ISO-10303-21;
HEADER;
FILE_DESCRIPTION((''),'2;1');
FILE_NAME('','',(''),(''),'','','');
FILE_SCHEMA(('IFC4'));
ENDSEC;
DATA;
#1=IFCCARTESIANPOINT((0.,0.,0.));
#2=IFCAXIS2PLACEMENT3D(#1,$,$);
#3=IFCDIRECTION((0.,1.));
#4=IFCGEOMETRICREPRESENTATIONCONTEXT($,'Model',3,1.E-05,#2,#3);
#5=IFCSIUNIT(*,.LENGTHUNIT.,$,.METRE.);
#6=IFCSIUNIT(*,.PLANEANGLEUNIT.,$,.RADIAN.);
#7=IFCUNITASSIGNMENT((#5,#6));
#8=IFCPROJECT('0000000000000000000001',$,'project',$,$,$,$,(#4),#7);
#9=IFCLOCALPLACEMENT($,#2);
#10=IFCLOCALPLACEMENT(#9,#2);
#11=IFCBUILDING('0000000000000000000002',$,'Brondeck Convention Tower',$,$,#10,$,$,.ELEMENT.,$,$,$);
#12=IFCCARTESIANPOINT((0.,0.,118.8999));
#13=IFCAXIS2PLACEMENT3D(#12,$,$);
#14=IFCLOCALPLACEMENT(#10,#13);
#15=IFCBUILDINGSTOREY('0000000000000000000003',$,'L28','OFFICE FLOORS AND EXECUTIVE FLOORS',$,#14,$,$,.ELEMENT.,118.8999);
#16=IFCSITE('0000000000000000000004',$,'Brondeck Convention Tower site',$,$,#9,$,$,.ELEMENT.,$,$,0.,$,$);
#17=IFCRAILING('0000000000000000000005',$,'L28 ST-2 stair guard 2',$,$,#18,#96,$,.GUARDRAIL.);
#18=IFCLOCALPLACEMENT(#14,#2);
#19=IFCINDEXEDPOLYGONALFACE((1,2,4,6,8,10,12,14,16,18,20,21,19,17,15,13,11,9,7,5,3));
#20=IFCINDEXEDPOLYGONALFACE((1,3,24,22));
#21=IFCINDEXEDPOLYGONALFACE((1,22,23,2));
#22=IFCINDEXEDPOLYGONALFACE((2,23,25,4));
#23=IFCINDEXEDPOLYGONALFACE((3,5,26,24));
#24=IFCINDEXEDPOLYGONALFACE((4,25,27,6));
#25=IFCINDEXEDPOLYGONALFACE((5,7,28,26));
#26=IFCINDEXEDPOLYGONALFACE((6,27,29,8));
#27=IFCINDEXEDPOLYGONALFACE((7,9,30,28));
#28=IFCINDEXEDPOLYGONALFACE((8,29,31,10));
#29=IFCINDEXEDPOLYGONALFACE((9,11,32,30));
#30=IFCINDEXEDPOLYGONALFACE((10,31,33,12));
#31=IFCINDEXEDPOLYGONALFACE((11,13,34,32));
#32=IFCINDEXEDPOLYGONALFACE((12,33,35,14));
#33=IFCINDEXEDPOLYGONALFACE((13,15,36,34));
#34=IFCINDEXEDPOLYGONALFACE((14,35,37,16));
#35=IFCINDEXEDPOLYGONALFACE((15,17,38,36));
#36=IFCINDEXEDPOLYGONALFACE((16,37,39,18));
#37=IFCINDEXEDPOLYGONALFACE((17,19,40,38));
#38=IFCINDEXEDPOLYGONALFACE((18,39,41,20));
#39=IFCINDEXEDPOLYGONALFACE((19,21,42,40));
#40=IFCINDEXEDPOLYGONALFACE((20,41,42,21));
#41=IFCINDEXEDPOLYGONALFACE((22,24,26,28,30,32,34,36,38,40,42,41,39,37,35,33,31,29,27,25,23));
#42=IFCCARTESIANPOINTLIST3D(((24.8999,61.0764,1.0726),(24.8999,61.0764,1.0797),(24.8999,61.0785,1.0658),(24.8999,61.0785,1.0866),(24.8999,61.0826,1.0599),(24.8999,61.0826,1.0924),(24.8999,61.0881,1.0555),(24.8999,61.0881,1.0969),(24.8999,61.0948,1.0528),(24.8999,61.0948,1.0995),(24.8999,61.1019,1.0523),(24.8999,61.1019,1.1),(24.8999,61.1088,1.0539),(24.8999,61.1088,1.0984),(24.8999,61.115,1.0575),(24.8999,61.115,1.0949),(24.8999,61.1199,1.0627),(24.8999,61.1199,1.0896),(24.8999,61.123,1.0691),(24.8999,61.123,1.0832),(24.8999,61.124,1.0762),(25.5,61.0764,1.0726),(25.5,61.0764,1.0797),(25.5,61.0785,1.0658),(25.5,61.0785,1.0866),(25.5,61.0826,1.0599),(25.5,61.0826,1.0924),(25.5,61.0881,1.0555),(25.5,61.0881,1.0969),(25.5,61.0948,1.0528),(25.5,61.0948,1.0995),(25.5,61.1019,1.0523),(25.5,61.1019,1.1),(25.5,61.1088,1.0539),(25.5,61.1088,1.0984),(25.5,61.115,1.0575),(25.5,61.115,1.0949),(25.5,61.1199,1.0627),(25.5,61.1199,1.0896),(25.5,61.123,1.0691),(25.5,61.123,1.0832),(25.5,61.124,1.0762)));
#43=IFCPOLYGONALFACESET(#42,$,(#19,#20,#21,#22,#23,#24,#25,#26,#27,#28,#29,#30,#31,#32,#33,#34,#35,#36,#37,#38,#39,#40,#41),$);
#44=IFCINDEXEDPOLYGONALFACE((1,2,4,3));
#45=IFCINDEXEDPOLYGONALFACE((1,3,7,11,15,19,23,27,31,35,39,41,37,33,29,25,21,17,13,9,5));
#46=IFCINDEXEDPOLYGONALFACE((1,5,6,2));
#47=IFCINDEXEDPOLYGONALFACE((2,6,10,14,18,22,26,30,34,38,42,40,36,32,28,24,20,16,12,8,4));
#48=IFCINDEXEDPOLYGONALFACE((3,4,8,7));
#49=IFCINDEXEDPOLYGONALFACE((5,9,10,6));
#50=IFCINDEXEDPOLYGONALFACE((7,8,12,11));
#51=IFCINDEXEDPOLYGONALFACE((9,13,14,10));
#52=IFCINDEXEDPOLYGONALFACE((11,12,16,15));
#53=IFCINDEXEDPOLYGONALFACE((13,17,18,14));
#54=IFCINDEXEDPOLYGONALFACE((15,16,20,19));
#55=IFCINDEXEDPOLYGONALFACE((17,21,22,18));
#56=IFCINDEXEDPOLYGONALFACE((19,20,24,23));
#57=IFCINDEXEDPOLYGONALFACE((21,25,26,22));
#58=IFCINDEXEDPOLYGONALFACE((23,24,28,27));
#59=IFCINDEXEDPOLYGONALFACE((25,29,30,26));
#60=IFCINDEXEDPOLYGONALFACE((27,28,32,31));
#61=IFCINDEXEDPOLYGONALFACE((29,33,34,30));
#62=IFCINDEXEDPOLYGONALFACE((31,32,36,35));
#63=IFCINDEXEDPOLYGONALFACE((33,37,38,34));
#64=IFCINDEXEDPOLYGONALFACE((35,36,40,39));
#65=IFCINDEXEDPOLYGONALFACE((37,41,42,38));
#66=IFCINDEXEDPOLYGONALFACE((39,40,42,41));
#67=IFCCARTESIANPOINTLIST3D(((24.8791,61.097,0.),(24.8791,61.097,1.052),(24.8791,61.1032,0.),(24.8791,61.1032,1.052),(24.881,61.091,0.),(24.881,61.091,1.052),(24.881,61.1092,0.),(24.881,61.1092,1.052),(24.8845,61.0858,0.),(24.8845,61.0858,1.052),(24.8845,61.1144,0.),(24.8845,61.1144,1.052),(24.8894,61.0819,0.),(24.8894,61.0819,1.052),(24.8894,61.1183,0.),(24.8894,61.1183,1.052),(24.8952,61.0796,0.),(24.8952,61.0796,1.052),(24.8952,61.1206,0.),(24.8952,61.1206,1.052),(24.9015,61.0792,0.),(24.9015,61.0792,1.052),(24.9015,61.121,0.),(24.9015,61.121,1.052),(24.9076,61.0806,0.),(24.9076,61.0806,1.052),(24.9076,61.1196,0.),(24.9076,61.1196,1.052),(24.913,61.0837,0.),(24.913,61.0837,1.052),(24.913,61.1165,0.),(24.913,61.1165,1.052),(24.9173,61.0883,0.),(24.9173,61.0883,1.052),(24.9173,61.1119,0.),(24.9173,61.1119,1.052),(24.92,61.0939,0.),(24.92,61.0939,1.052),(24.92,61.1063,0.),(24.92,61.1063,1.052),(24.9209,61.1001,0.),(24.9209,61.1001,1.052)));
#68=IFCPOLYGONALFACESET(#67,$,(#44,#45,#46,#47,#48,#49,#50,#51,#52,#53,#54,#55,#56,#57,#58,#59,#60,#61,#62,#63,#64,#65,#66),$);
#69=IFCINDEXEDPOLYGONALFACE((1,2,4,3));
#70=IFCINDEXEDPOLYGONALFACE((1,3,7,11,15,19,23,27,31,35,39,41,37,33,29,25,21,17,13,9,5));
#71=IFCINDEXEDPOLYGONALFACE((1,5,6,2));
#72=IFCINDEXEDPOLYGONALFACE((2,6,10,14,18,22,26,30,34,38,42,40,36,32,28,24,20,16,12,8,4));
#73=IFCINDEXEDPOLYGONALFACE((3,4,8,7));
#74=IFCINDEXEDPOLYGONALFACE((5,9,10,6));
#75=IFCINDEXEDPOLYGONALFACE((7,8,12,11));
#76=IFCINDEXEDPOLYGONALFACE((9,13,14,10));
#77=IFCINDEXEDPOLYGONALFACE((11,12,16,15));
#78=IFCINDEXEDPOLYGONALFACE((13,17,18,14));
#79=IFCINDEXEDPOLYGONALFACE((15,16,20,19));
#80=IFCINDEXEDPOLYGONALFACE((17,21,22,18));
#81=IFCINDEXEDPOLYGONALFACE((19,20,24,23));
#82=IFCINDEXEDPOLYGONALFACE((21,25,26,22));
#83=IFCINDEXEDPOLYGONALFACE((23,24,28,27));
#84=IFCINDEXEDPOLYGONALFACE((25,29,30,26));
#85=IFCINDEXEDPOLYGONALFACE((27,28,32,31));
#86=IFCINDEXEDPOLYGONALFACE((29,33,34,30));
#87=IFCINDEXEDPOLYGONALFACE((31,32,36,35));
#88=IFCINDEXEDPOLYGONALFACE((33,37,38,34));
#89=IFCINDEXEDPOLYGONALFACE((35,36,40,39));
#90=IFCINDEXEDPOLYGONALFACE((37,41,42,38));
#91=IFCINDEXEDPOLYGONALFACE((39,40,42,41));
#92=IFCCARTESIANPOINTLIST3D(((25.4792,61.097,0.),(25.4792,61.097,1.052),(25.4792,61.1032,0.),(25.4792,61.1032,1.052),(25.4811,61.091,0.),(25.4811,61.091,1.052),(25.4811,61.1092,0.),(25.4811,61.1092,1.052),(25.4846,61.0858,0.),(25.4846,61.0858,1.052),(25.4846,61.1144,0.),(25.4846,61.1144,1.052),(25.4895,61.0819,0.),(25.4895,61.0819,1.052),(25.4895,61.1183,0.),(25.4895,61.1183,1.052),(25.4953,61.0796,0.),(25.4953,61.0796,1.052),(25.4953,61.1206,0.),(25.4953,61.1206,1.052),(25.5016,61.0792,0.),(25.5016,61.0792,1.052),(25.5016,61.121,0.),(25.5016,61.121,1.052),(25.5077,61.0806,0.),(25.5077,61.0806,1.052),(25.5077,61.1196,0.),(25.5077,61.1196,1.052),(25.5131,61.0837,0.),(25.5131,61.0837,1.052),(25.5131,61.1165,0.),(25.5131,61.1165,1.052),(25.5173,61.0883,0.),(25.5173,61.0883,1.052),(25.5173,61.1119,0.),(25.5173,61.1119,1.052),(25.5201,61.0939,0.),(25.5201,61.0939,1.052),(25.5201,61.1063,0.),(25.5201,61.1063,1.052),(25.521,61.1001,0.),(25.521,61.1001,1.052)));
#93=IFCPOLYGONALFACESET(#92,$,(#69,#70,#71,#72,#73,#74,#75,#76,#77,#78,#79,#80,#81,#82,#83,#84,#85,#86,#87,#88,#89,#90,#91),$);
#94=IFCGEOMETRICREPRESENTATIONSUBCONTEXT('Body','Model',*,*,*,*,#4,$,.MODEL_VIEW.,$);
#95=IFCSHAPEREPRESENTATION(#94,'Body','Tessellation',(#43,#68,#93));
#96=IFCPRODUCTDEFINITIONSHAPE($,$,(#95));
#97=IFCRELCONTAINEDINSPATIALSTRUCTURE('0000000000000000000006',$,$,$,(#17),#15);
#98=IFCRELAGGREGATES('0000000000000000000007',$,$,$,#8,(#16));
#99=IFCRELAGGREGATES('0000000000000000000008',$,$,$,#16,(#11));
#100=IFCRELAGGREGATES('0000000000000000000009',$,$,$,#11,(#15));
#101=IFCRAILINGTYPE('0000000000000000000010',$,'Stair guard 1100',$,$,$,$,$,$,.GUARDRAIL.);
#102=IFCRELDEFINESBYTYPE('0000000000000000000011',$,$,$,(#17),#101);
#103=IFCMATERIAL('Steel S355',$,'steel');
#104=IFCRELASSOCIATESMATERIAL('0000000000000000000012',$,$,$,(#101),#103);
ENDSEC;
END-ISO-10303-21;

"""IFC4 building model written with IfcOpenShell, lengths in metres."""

from ifc_helpers import new_model, si_unit, direction, frame, origin, origin_2d, place, context, subcontext, project, spatial, circle, extrude, material, type_object, element, save


model = new_model("IFC4")

# Units and contexts
model_context = context("Model", 3, precision=1e-05, world=origin(), true_north=direction((0.0, 1.0)))
body_context = subcontext(model_context, "Body", "Model", "MODEL_VIEW")
ifc_project = project(units=[si_unit("LENGTHUNIT", "METRE"), si_unit("PLANEANGLEUNIT", "RADIAN")], contexts=[model_context])

# Site, building, storey
site_placement = place(None, origin())
site = spatial("IfcSite", under=ifc_project, at=site_placement, Name="Brondeck Convention Tower site", CompositionType="ELEMENT", RefElevation=0.0)
building_placement = place(site_placement, origin())
building = spatial("IfcBuilding", under=site, at=building_placement, Name="Brondeck Convention Tower", CompositionType="ELEMENT")
storey_placement = place(building_placement, frame((0.0, 0.0, 118.8999)))
storey = spatial("IfcBuildingStorey", under=building, at=storey_placement, Name="L28", Description="OFFICE FLOORS AND EXECUTIVE FLOORS", CompositionType="ELEMENT", Elevation=118.8999)

# Shared definitions
ifc_material_1 = material(Name="Steel S355", Category="steel")

# Railing
railing_type_1 = type_object("IfcRailingType", Name="Stair guard 1100", PredefinedType="GUARDRAIL", material=ifc_material_1)
railing_1_placement = place(storey_placement, frame((24.8999, 61.1001, 0.0)))
element("IfcRailing", 1, at=railing_1_placement, inside=storey, type_object=railing_type_1, Name="L28 ST-2 stair guard 2", PredefinedType="GUARDRAIL", context=body_context, shape_type="SweptSolid", body=[
    extrude(circle(Radius=0.0239, at=origin_2d()), frame((0.0, 0.0, 1.0762), z_axis=(1.0, 0.0, 0.0), x_axis=(0.0, 1.0, 0.0)), (0.0, 0.0, 1.0), 0.6001),
    extrude(circle(Radius=0.021, at=origin_2d()), origin(), (0.0, 0.0, 1.0), 1.052),
    extrude(circle(Radius=0.021, at=origin_2d()), frame((0.6001, 0.0, 0.0)), (0.0, 0.0, 1.0), 1.052),
])

save(model, "model.ifc")
